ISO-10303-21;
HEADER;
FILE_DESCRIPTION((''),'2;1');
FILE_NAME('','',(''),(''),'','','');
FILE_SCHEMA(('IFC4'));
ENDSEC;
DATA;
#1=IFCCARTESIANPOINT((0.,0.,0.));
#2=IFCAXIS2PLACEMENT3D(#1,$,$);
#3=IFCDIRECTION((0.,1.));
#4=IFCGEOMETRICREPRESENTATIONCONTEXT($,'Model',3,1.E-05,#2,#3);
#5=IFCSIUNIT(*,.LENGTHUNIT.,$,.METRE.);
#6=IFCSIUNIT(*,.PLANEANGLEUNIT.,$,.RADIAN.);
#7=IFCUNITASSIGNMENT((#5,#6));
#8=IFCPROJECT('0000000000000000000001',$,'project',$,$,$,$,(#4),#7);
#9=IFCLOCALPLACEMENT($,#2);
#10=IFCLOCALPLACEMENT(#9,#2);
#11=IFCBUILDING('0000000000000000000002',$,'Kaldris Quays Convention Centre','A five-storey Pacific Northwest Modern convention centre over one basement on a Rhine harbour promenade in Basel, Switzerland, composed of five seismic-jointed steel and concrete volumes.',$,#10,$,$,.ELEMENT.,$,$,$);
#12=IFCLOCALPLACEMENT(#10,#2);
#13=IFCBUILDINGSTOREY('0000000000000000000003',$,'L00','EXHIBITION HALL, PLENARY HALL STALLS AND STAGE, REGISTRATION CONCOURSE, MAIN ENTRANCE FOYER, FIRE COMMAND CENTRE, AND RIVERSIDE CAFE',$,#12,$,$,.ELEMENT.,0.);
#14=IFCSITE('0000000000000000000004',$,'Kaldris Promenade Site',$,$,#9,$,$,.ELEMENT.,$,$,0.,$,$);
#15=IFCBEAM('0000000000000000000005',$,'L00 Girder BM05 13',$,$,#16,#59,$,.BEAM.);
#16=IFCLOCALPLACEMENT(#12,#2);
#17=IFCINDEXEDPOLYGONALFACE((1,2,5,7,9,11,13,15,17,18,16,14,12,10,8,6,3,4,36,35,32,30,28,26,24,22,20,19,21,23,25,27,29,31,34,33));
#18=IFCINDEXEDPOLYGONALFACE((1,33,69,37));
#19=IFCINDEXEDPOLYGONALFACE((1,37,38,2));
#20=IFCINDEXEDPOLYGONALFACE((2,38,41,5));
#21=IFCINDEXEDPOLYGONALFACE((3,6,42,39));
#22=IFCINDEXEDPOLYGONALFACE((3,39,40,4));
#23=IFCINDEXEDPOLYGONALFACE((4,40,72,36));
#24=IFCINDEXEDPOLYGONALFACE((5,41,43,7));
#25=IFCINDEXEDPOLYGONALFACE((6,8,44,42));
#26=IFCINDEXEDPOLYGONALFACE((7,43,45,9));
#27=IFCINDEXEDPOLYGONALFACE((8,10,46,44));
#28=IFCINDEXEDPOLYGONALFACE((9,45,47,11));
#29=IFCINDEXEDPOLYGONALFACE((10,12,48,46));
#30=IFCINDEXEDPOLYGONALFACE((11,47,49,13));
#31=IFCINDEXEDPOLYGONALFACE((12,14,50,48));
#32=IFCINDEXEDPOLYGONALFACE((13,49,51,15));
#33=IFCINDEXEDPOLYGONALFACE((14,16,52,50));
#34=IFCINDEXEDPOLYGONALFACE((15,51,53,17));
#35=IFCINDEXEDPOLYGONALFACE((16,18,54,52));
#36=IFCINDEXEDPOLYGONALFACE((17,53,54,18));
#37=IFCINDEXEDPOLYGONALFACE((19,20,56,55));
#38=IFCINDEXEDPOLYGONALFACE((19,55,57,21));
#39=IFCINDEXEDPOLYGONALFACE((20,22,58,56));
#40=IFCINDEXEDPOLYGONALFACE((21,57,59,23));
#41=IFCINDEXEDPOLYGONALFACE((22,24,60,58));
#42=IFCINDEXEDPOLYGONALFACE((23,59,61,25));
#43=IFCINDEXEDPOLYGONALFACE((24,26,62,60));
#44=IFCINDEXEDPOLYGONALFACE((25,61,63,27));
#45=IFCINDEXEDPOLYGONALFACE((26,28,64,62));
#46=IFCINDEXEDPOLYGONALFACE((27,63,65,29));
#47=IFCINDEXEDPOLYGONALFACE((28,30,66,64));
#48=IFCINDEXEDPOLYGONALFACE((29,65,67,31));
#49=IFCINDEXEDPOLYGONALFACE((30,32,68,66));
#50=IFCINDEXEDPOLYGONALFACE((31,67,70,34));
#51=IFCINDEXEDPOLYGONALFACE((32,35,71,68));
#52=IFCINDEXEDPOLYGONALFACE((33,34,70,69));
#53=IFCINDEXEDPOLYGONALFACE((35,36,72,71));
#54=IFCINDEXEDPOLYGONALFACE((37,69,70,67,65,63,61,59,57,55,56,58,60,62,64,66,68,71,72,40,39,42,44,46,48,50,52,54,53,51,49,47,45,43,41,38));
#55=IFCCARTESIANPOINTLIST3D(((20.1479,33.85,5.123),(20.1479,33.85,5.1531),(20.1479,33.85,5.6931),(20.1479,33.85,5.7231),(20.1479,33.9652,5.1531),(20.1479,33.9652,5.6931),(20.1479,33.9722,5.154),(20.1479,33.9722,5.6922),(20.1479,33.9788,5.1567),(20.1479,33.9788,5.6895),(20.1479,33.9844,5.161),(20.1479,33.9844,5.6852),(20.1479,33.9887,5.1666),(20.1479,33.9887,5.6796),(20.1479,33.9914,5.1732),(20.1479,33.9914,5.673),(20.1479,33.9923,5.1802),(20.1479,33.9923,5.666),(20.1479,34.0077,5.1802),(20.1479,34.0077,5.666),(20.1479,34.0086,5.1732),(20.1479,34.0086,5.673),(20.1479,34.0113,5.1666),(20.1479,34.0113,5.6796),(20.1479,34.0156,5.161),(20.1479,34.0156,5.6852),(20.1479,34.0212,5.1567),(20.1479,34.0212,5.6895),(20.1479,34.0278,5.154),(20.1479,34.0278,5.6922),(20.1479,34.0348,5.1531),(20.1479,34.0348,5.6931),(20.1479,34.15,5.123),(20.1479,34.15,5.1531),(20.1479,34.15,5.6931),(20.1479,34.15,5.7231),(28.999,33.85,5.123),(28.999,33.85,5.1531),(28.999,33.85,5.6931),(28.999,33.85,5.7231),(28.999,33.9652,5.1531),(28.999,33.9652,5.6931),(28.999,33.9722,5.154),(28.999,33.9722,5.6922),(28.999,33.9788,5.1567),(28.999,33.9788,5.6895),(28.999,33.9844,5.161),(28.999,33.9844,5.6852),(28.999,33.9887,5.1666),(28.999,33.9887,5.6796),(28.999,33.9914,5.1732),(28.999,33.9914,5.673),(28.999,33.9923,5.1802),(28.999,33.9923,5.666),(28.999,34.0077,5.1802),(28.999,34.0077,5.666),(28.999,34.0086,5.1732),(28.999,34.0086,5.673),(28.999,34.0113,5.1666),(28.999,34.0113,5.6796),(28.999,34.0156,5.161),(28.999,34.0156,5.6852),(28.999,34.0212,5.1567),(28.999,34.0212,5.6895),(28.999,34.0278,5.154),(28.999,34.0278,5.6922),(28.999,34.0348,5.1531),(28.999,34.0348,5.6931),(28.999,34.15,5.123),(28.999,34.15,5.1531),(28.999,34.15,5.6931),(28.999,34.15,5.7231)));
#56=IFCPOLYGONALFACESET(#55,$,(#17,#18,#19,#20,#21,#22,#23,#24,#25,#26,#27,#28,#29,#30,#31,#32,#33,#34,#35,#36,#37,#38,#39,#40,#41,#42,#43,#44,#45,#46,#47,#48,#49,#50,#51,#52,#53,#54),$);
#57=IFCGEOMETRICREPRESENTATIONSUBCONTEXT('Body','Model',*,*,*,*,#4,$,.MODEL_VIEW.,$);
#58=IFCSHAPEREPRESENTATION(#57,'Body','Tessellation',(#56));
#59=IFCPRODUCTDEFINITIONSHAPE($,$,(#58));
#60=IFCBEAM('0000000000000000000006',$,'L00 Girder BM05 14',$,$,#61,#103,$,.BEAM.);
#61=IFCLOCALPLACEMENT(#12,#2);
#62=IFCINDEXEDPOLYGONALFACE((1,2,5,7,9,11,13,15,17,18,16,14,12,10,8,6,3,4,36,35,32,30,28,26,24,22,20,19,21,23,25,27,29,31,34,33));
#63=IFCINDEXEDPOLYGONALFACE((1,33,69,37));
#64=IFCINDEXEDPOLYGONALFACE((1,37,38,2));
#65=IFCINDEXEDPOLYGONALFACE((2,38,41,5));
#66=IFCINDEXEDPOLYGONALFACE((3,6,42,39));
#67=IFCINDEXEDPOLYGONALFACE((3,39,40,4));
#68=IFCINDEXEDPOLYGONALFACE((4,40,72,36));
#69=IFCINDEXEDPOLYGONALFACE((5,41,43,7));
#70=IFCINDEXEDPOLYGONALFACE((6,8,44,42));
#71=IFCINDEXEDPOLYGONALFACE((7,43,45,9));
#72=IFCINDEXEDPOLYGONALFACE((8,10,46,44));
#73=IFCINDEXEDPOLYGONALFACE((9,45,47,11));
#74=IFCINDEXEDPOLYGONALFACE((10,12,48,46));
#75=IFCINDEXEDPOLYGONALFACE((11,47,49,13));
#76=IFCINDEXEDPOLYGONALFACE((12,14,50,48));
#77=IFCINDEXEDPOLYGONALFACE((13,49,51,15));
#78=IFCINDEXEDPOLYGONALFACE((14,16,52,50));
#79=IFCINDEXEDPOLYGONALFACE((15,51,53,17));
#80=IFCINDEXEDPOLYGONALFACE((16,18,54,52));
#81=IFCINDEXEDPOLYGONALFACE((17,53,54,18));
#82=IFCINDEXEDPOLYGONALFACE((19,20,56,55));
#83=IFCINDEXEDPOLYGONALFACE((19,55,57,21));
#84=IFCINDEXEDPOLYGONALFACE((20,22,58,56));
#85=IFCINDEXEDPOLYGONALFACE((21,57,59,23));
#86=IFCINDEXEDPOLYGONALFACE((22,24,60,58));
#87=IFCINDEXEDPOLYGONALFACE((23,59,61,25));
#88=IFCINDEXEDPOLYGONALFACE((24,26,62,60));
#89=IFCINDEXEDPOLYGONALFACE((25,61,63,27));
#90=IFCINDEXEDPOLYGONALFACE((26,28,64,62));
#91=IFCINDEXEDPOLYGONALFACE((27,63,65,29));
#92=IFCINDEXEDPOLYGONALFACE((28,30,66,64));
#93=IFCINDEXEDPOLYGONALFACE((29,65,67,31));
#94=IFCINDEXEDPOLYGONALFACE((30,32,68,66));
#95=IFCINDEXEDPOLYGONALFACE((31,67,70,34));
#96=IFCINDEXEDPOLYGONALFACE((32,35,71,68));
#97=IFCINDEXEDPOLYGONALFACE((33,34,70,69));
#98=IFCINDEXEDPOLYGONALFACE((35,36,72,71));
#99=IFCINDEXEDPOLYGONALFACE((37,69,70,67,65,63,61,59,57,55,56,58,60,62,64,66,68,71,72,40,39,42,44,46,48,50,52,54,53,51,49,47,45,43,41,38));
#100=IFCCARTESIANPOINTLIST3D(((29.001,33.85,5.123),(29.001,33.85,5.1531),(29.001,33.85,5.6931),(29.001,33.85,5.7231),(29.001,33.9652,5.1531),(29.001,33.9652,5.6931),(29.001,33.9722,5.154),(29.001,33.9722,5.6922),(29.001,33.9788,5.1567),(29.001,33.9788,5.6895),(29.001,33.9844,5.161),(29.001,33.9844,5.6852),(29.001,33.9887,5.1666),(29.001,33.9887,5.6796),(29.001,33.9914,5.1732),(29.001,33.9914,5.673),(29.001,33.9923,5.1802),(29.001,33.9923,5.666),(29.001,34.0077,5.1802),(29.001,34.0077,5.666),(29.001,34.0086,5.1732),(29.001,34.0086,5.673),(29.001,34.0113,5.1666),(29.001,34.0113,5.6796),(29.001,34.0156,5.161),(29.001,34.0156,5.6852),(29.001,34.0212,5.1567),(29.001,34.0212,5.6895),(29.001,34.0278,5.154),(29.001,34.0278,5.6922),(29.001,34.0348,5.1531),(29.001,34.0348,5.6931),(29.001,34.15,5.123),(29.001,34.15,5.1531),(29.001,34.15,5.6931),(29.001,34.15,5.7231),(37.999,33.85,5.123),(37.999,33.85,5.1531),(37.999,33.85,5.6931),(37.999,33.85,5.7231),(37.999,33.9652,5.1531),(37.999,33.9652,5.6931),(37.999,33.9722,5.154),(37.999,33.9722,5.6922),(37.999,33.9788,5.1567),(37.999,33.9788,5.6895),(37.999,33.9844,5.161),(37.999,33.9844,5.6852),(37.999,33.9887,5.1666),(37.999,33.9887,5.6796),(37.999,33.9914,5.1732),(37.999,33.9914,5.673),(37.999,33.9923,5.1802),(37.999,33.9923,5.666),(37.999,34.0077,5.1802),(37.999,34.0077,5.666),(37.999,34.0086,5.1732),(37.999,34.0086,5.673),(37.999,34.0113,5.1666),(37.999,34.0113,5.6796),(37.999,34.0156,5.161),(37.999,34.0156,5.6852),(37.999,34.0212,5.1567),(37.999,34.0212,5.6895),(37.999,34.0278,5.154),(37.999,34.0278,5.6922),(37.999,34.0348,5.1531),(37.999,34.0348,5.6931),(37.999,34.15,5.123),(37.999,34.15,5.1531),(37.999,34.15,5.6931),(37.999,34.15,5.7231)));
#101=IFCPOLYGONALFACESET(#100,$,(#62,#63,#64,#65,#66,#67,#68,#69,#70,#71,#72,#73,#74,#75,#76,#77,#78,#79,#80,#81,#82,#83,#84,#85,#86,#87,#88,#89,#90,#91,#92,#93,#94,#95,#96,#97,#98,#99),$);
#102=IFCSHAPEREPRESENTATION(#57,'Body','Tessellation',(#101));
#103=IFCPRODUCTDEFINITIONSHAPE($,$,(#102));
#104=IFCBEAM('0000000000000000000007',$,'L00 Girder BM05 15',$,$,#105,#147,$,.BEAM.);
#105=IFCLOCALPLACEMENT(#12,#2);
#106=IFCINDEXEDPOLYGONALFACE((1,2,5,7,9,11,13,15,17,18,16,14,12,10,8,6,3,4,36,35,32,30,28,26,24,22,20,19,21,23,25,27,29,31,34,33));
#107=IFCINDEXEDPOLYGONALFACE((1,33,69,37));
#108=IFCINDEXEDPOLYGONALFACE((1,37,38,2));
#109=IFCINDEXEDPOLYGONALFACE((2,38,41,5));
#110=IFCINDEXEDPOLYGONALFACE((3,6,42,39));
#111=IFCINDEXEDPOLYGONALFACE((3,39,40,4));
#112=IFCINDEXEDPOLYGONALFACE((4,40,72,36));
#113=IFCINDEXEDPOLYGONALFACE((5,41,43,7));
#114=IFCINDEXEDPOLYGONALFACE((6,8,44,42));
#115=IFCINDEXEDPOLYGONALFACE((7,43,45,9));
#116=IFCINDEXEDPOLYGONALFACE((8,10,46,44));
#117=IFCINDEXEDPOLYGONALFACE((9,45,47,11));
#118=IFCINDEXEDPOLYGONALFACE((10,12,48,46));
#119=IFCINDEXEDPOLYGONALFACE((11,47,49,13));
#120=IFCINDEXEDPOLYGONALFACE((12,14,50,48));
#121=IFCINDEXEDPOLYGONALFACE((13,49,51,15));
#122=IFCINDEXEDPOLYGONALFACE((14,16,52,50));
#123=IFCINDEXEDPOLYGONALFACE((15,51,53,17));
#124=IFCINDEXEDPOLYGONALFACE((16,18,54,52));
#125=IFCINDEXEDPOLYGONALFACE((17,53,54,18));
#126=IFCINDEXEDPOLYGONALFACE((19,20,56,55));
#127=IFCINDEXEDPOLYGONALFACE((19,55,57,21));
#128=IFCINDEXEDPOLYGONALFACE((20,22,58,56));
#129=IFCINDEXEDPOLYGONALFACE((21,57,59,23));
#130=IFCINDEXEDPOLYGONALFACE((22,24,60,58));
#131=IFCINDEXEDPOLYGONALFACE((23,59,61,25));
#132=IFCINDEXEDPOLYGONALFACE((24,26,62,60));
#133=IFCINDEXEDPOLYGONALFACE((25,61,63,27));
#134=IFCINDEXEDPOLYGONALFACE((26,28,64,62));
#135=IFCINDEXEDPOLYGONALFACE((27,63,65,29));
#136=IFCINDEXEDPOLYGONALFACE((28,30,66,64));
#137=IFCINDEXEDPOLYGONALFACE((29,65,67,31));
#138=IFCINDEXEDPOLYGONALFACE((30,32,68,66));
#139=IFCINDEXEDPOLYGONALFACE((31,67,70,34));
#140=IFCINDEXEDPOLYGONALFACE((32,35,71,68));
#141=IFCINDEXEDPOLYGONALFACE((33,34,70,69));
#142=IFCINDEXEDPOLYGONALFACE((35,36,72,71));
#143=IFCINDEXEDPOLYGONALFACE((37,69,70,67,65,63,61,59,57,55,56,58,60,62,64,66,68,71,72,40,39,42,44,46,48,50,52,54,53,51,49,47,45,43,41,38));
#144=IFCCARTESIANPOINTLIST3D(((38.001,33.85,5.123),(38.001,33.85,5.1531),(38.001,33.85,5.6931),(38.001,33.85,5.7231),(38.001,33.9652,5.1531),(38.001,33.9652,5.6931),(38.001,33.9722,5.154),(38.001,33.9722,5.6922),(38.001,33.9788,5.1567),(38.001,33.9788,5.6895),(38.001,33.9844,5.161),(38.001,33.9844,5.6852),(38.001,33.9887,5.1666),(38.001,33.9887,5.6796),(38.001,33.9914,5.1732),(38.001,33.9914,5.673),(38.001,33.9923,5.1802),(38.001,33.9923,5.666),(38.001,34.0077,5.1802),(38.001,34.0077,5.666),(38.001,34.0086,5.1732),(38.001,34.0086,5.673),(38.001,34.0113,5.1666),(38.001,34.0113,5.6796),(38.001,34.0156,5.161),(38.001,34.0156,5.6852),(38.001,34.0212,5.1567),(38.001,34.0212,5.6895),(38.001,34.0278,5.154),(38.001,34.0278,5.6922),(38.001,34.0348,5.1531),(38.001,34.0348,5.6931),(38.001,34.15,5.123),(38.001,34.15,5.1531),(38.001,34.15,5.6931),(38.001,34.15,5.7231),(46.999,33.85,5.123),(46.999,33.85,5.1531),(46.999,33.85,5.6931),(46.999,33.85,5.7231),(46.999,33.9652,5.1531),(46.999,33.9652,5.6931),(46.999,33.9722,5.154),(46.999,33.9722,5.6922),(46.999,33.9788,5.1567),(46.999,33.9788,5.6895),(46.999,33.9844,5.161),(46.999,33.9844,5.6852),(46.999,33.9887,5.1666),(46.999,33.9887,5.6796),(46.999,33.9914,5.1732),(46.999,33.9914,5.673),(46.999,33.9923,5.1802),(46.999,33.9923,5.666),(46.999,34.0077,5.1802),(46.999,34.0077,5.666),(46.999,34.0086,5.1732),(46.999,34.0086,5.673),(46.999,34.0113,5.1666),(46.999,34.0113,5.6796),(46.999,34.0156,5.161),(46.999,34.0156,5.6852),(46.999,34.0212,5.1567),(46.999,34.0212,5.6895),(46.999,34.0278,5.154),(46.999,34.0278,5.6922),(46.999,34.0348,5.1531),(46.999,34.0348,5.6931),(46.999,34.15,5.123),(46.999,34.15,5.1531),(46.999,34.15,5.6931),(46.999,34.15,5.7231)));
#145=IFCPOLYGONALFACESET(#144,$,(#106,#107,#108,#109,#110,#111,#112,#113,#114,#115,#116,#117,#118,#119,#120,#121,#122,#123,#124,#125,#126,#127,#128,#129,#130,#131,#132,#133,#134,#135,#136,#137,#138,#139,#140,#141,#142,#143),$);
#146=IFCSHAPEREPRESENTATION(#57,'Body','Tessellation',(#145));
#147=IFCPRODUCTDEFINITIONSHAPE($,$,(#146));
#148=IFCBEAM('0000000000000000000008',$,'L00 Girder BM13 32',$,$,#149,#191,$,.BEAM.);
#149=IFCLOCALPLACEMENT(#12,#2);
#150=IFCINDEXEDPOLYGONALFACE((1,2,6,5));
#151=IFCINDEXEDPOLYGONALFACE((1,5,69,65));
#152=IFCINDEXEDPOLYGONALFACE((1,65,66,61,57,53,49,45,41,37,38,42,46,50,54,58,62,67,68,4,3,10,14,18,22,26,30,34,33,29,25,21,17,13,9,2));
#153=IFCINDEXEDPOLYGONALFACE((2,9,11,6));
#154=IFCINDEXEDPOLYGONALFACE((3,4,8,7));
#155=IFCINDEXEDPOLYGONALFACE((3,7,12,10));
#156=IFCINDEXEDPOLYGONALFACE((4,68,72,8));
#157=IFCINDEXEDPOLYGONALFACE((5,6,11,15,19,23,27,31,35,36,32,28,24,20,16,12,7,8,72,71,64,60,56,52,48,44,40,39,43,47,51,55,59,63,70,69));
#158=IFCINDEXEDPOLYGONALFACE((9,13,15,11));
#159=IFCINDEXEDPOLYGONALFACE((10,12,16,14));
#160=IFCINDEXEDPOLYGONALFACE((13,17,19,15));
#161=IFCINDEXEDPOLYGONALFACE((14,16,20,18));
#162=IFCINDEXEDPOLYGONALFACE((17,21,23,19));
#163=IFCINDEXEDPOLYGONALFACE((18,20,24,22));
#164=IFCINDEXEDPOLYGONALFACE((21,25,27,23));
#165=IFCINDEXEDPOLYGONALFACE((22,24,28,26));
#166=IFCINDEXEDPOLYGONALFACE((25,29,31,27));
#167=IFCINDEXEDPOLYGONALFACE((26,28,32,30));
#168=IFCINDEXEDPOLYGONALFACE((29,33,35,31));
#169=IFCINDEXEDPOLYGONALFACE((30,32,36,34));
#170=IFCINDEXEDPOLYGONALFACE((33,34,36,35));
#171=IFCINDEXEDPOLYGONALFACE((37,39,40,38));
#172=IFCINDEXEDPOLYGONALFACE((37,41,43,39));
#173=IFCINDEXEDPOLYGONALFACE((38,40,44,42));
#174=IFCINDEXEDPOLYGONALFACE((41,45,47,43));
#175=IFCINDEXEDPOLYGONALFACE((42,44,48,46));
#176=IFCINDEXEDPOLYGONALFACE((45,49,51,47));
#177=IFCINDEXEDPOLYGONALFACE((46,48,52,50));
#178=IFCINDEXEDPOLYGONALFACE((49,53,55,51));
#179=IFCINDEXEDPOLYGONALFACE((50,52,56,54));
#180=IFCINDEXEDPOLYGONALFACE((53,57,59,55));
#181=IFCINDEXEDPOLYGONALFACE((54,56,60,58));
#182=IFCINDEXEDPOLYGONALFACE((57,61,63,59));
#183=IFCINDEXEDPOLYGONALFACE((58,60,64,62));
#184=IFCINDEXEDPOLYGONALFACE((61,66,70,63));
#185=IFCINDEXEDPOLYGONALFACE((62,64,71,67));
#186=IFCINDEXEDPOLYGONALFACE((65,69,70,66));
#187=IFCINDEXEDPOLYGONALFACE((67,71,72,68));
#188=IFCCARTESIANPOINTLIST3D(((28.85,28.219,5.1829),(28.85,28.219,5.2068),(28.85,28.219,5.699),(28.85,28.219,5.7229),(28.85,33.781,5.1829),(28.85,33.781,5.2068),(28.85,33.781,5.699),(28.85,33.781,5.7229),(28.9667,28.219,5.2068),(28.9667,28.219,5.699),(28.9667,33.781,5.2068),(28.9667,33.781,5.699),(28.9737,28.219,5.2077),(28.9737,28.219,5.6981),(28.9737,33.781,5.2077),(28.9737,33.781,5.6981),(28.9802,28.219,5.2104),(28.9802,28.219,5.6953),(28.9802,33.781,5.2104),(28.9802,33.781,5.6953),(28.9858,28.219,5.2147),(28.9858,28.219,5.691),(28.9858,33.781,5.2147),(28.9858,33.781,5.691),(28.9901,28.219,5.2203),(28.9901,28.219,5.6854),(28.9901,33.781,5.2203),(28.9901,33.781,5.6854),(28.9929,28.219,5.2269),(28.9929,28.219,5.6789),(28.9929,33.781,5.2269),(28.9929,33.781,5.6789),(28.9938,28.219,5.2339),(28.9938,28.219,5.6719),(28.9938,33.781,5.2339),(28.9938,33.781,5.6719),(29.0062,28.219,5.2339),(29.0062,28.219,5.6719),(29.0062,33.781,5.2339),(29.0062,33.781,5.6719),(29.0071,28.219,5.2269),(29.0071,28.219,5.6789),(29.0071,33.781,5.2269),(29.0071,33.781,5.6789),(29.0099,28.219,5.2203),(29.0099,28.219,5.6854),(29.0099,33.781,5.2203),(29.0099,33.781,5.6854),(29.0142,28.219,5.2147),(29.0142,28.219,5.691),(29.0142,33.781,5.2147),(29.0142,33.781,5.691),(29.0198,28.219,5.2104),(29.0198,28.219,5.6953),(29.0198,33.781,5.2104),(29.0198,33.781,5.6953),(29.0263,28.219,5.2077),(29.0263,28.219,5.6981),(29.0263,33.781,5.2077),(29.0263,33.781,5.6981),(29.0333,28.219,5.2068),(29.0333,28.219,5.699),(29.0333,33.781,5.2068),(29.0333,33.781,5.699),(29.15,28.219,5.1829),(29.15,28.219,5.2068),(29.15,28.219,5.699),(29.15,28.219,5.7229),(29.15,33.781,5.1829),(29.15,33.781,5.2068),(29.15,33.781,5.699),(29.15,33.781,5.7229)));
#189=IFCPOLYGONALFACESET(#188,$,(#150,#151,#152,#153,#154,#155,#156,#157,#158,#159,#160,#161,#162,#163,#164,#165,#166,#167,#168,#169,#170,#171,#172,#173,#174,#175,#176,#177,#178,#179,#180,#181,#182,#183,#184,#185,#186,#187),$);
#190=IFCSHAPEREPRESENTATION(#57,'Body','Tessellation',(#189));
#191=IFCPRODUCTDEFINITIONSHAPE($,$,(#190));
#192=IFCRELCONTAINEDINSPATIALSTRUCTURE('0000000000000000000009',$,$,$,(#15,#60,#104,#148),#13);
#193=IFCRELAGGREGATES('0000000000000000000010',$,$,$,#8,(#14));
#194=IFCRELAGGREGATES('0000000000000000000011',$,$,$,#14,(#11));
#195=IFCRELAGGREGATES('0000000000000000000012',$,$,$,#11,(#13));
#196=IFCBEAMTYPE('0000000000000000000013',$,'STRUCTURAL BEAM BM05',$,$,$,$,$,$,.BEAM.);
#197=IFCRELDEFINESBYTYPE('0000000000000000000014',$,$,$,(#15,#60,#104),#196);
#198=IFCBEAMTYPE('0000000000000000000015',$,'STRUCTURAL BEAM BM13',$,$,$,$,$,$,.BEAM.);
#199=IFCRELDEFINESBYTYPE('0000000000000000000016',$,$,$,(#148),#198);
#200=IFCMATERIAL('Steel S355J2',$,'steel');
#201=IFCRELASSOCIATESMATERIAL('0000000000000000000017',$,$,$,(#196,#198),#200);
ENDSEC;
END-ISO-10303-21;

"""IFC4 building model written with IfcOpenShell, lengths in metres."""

from ifc_helpers import new_model, si_unit, direction, frame, origin, origin_2d, place, context, subcontext, project, spatial, i_section, extrude, material, material_profile, profile_set, type_object, element, save


model = new_model("IFC4")

# Units and contexts
model_context = context("Model", 3, precision=1e-05, world=origin(), true_north=direction((0.0, 1.0)))
body_context = subcontext(model_context, "Body", "Model", "MODEL_VIEW")
ifc_project = project(units=[si_unit("LENGTHUNIT", "METRE"), si_unit("PLANEANGLEUNIT", "RADIAN")], contexts=[model_context])

# Site, building, storey
site_placement = place(None, origin())
site = spatial("IfcSite", under=ifc_project, at=site_placement, Name="Kaldris Promenade Site", CompositionType="ELEMENT", RefElevation=0.0)
building_placement = place(site_placement, origin())
building = spatial("IfcBuilding", under=site, at=building_placement, Name="Kaldris Quays Convention Centre", Description="A five-storey Pacific Northwest Modern convention centre over one basement on a Rhine harbour promenade in Basel, Switzerland, composed of five seismic-jointed steel and concrete volumes.", CompositionType="ELEMENT")
storey_placement = place(building_placement, origin())
storey = spatial("IfcBuildingStorey", under=building, at=storey_placement, Name="L00", Description="EXHIBITION HALL, PLENARY HALL STALLS AND STAGE, REGISTRATION CONCOURSE, MAIN ENTRANCE FOYER, FIRE COMMAND CENTRE, AND RIVERSIDE CAFE", CompositionType="ELEMENT", Elevation=0.0)

# Shared definitions
ifc_material_1 = material(Name="Steel S355J2", Category="steel")

# Beams
ifc_material_profile_1 = material_profile(ifc_material_1, i_section(OverallWidth=0.3, OverallDepth=0.6001, WebThickness=0.0154, FlangeThickness=0.03, FilletRadius=0.0271, at=origin_2d()), Name="HEB 600")
ifc_profile_set_1 = profile_set([ifc_material_profile_1], Name="Steel S355J2")
beam_type_1 = type_object("IfcBeamType", Name="STRUCTURAL BEAM BM05", PredefinedType="BEAM", material=ifc_profile_set_1)
beam_1_placement = place(storey_placement, frame((20.1479, 34.0, 5.4231), z_axis=(1.0, 0.0, 0.0), x_axis=(0.0, 1.0, 0.0)))
element("IfcBeam", 1, at=beam_1_placement, inside=storey, type_object=beam_type_1, Name="L00 Girder BM05 13", PredefinedType="BEAM", context=body_context, shape_type="SweptSolid", body=[
    extrude(i_section(OverallWidth=0.3, OverallDepth=0.6001, WebThickness=0.0154, FlangeThickness=0.03, FilletRadius=0.0271, at=origin_2d()), origin(), (0.0, 0.0, 1.0), 8.8511),
])
for number, where, z_axis, x_axis, name in (
    (2, (29.001, 34.0, 5.4231), (1.0, 0.0, 0.0), (0.0, 1.0, 0.0), "L00 Girder BM05 14"),
    (3, (38.001, 34.0, 5.4231), (1.0, 0.0, 0.0), (0.0, 1.0, 0.0), "L00 Girder BM05 15"),
):
    element("IfcBeam", number, at=place(storey_placement, frame(where, z_axis=z_axis, x_axis=x_axis)), inside=storey, type_object=beam_type_1, Name=name, PredefinedType="BEAM", context=body_context, shape_type="SweptSolid", body=[
        extrude(i_section(OverallWidth=0.3, OverallDepth=0.6001, WebThickness=0.0154, FlangeThickness=0.03, FilletRadius=0.0271, at=origin_2d()), origin(), (0.0, 0.0, 1.0), 8.998),
    ])
ifc_material_profile_2 = material_profile(ifc_material_1, i_section(OverallWidth=0.3, OverallDepth=0.54, WebThickness=0.0125, FlangeThickness=0.0239, FilletRadius=0.0271, at=origin_2d()), Name="HEA 550")
ifc_profile_set_2 = profile_set([ifc_material_profile_2], Name="Steel S355J2")
beam_type_2 = type_object("IfcBeamType", Name="STRUCTURAL BEAM BM13", PredefinedType="BEAM", material=ifc_profile_set_2)
beam_2_placement = place(storey_placement, frame((29.0, 28.219, 5.4529), z_axis=(0.0, 1.0, 0.0), x_axis=(-1.0, 0.0, 0.0)))
element("IfcBeam", 4, at=beam_2_placement, inside=storey, type_object=beam_type_2, Name="L00 Girder BM13 32", PredefinedType="BEAM", context=body_context, shape_type="SweptSolid", body=[
    extrude(i_section(OverallWidth=0.3, OverallDepth=0.54, WebThickness=0.0125, FlangeThickness=0.0239, FilletRadius=0.0271, at=origin_2d()), origin(), (0.0, 0.0, 1.0), 5.562),
])

save(model, "model.ifc")
